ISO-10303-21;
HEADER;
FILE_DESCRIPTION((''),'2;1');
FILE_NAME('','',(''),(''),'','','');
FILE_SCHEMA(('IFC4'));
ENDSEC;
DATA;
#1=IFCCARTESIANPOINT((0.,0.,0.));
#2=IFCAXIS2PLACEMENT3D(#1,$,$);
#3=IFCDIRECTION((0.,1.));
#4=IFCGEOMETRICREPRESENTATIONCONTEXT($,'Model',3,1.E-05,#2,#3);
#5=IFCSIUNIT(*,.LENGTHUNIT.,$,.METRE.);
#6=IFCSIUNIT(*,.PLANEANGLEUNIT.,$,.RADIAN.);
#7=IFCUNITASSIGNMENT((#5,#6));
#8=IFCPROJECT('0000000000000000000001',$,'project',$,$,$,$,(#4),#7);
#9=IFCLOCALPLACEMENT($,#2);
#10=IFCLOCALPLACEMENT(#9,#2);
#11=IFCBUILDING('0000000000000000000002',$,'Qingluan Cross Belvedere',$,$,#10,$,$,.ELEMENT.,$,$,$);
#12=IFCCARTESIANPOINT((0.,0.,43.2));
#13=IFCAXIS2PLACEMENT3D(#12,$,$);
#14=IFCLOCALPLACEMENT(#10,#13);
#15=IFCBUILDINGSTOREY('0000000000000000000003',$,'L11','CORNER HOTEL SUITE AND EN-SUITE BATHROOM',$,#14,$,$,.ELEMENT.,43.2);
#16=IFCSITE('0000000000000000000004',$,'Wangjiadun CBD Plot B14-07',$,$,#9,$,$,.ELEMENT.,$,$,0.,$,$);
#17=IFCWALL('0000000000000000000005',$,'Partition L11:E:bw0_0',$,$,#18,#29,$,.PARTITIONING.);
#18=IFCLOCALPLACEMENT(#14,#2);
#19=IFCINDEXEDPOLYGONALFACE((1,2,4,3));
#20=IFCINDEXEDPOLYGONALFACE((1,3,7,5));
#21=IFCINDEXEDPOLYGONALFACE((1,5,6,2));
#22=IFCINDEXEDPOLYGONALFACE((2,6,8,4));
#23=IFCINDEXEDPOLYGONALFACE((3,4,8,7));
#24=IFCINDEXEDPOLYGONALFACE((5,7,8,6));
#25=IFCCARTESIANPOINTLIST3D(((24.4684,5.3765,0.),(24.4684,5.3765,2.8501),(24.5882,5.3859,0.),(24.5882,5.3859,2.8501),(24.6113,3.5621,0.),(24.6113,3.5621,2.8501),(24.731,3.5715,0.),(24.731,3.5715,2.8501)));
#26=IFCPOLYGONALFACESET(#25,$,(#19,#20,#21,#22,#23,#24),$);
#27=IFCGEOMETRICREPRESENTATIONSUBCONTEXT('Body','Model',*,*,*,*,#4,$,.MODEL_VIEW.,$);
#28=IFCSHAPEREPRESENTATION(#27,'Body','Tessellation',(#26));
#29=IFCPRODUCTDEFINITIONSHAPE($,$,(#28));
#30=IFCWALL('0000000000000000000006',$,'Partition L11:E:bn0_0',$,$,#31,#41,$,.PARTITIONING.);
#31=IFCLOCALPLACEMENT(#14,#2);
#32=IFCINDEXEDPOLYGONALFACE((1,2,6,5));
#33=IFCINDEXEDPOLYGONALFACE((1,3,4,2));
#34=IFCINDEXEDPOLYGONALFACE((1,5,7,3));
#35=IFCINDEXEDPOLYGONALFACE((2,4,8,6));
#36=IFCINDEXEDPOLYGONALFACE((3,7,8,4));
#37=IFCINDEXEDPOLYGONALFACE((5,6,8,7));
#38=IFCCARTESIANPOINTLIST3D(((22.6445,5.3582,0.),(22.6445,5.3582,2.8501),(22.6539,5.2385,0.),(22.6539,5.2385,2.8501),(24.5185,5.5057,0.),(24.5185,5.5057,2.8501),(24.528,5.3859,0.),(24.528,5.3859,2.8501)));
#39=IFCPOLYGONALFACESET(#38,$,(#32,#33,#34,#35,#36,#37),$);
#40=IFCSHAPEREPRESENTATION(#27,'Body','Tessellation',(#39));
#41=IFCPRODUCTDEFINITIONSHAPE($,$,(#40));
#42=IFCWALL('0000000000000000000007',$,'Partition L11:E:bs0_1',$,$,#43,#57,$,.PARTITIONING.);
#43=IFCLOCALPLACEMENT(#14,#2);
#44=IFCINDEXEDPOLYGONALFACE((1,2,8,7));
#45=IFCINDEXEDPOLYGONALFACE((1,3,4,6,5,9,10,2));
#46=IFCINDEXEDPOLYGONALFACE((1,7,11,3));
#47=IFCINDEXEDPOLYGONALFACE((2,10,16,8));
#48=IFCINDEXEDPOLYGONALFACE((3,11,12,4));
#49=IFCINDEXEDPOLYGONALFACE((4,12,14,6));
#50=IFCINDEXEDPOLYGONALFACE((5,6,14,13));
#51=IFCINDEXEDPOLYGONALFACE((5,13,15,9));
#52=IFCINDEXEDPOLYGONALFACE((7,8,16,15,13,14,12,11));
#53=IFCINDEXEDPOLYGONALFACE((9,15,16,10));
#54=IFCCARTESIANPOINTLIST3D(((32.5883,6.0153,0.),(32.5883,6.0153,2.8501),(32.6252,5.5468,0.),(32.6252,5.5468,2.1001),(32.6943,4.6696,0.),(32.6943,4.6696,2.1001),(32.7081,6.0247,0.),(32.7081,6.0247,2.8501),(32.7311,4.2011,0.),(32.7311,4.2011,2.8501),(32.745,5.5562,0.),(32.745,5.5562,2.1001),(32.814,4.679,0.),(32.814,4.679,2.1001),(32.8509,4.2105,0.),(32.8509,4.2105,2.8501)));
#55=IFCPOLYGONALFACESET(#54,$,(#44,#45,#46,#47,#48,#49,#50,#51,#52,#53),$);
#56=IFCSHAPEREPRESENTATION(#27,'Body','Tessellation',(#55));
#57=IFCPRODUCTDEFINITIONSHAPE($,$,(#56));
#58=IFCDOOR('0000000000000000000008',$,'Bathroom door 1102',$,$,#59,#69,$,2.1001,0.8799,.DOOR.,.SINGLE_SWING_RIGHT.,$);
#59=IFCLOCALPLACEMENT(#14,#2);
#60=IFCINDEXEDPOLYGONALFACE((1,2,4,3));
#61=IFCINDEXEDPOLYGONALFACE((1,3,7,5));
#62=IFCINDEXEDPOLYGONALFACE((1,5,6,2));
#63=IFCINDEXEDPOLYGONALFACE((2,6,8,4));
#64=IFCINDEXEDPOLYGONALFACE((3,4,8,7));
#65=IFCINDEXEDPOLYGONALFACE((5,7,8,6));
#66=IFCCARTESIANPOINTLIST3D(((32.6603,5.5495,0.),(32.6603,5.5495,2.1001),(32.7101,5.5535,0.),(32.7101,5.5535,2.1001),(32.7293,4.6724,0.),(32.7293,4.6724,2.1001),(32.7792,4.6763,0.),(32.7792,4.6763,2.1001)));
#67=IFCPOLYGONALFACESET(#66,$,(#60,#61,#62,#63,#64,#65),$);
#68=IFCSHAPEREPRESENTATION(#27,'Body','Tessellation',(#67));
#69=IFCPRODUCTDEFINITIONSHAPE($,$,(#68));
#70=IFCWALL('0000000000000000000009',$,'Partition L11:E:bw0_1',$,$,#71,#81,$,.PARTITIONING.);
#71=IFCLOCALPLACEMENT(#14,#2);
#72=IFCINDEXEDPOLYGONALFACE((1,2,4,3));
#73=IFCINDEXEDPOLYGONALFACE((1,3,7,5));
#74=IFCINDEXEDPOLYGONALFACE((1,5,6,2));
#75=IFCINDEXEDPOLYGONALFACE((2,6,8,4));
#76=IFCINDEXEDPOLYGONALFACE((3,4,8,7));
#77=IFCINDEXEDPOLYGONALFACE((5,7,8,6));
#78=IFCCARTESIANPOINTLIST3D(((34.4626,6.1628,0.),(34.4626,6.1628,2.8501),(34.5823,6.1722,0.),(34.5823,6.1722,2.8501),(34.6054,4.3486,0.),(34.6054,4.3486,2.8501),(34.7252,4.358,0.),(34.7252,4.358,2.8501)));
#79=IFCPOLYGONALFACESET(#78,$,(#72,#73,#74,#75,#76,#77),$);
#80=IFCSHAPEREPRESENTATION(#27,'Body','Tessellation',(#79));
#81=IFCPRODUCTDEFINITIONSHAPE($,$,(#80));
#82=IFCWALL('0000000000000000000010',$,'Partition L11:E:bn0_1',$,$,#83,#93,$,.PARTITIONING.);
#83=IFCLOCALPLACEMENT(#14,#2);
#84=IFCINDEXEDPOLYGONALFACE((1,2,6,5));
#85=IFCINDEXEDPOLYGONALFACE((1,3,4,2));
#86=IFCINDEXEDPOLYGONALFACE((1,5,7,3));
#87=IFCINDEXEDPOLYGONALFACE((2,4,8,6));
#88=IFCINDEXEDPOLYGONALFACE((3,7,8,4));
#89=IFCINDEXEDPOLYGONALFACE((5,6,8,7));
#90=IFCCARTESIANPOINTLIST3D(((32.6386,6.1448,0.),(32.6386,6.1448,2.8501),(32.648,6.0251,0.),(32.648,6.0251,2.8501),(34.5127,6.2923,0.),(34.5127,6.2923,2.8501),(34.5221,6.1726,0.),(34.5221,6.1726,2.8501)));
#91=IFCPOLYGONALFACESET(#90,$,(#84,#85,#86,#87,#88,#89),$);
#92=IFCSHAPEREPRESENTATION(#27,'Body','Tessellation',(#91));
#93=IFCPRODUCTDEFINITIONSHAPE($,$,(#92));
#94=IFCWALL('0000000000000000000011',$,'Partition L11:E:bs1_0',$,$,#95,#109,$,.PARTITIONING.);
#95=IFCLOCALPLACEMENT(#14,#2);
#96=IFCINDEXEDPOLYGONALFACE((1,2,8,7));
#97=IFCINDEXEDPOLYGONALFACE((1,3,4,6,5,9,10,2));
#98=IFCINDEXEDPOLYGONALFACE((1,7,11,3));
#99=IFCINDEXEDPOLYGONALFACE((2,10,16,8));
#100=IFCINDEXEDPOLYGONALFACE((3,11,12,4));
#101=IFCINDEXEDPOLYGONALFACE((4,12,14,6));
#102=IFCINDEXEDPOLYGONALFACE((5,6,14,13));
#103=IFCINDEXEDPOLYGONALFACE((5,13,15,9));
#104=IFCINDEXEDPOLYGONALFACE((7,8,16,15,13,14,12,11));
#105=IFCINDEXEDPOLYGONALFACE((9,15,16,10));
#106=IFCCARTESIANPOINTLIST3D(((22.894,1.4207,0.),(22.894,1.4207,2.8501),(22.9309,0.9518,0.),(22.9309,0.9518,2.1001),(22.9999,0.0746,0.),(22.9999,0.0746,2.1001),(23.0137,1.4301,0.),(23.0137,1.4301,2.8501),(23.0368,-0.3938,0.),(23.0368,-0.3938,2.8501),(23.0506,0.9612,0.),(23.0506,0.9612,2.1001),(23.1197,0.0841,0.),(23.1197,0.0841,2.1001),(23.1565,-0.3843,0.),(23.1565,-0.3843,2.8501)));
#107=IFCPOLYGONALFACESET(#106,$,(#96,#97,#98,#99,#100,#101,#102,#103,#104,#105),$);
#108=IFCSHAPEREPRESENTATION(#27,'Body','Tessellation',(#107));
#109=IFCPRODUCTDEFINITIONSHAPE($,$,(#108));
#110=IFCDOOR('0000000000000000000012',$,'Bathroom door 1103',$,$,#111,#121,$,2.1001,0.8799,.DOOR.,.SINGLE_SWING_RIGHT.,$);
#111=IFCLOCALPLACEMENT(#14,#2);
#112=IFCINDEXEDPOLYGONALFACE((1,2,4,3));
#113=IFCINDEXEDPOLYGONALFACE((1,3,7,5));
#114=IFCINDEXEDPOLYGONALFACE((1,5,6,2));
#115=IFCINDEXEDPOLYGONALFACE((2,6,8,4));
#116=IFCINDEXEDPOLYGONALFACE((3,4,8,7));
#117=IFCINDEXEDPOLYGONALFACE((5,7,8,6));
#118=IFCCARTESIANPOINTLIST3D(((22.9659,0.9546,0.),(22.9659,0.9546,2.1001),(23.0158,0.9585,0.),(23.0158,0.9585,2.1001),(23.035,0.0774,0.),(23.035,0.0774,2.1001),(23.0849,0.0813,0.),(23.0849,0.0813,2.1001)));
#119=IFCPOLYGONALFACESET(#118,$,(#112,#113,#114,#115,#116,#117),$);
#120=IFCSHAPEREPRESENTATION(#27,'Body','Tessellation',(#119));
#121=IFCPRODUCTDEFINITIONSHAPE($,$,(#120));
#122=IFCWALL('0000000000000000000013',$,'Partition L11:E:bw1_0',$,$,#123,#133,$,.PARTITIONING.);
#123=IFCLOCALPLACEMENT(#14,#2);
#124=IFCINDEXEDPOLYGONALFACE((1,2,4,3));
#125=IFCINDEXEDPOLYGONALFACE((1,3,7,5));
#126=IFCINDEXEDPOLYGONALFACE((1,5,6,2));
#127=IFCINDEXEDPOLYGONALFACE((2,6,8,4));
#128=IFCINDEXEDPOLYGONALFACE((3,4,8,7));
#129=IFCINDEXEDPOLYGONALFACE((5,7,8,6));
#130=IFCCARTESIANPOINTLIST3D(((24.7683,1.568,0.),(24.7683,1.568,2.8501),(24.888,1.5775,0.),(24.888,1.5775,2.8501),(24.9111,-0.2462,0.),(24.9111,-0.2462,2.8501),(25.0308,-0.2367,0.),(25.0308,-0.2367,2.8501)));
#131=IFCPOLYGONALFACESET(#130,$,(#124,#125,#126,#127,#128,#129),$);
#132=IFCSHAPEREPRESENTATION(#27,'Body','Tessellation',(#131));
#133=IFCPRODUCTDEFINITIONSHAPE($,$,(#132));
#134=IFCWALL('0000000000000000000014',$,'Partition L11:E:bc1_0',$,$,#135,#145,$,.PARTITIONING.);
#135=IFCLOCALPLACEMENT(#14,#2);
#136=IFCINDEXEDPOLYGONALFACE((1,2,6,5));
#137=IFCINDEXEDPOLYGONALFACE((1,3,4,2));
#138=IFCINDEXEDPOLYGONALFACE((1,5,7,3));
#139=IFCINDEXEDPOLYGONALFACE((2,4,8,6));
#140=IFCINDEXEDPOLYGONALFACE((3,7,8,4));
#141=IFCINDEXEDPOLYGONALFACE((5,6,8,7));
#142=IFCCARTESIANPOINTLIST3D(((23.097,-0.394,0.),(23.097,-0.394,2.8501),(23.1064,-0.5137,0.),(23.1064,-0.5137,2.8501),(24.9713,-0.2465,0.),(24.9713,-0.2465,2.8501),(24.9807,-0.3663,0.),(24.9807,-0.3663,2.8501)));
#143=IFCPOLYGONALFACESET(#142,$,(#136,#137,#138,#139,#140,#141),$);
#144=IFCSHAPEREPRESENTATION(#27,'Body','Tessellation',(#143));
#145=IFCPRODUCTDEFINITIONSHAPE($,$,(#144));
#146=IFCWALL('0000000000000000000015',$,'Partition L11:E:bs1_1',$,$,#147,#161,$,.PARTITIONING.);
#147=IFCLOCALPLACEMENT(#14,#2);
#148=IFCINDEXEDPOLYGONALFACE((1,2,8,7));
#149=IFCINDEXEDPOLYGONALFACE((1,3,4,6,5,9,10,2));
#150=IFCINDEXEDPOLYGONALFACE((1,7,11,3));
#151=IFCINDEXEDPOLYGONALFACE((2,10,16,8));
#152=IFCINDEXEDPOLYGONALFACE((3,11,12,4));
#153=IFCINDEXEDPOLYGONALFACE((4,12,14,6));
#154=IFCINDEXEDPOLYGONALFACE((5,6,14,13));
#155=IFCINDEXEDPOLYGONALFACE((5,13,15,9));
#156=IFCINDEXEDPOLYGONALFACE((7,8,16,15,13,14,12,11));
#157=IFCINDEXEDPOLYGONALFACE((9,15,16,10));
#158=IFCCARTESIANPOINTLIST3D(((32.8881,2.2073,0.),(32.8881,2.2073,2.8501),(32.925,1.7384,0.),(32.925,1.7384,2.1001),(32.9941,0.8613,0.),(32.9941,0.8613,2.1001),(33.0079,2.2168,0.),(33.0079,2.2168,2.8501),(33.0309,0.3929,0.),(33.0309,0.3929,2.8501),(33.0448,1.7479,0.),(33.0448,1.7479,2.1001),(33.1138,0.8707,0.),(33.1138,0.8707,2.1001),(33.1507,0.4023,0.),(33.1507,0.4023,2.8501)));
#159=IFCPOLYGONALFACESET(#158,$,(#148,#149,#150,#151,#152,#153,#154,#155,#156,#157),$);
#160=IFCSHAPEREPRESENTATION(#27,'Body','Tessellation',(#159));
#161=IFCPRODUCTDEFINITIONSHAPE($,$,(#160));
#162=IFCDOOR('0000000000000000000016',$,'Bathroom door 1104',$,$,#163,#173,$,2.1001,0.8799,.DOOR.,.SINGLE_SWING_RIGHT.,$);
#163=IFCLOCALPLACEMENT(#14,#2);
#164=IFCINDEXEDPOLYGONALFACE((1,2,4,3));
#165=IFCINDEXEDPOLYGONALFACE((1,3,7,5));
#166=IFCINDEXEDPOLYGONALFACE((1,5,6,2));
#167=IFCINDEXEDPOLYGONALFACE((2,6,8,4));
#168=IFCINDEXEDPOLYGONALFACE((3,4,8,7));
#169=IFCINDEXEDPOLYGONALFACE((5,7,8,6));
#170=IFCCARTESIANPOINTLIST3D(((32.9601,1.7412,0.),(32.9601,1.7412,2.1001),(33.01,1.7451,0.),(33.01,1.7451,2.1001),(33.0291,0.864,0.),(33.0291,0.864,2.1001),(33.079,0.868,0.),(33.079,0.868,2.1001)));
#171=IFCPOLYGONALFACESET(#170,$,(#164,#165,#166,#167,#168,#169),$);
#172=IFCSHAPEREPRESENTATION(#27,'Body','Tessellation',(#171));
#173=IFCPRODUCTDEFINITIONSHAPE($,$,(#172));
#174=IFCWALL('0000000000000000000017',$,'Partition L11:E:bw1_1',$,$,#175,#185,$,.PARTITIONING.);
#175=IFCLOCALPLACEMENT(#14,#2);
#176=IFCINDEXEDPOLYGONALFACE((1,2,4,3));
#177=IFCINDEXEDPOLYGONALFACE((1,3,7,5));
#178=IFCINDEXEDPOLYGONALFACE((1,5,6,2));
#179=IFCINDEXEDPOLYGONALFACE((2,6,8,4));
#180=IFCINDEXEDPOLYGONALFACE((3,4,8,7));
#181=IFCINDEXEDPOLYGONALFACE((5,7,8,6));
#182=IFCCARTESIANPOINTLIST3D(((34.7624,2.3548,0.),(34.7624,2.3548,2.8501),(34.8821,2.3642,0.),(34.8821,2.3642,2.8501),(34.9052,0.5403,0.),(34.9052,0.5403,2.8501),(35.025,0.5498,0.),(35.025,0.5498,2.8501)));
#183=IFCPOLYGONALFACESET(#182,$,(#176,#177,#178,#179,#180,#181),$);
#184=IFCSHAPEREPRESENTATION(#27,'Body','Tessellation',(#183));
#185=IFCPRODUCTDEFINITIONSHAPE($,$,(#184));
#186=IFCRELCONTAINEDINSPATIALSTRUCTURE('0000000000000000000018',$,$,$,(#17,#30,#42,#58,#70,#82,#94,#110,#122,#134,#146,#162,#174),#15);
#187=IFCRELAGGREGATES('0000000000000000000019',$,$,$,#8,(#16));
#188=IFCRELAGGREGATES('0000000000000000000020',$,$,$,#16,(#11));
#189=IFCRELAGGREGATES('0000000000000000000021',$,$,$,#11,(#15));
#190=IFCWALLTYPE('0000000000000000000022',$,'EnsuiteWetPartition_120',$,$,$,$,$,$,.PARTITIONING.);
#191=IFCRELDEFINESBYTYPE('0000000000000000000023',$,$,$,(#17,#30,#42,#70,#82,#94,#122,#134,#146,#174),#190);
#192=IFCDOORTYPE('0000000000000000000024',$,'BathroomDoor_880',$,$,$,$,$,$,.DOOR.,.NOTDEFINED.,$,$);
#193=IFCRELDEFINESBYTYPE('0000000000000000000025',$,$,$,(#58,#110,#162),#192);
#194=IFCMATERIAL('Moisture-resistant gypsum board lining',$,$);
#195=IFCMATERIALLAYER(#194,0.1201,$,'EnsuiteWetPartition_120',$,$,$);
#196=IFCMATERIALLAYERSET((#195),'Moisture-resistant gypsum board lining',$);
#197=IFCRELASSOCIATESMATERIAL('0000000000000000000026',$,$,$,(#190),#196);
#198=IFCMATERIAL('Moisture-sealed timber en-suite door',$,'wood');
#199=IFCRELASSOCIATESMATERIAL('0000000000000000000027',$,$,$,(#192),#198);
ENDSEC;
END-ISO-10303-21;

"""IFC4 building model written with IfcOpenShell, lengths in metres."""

from ifc_helpers import new_model, si_unit, direction, frame, frame_2d, origin, place, context, subcontext, project, spatial, rectangle, extrude, material, layer, layer_set, type_object, element, fill, save


model = new_model("IFC4")

# Units and contexts
model_context = context("Model", 3, precision=1e-05, world=origin(), true_north=direction((0.0, 1.0)))
body_context = subcontext(model_context, "Body", "Model", "MODEL_VIEW")
ifc_project = project(units=[si_unit("LENGTHUNIT", "METRE"), si_unit("PLANEANGLEUNIT", "RADIAN")], contexts=[model_context])

# Site, building, storey
site_placement = place(None, origin())
site = spatial("IfcSite", under=ifc_project, at=site_placement, Name="Wangjiadun CBD Plot B14-07", CompositionType="ELEMENT", RefElevation=0.0)
building_placement = place(site_placement, origin())
building = spatial("IfcBuilding", under=site, at=building_placement, Name="Qingluan Cross Belvedere", CompositionType="ELEMENT")
storey_placement = place(building_placement, frame((0.0, 0.0, 43.2)))
storey = spatial("IfcBuildingStorey", under=building, at=storey_placement, Name="L11", Description="CORNER HOTEL SUITE AND EN-SUITE BATHROOM", CompositionType="ELEMENT", Elevation=43.2)

# Shared definitions
ifc_material_1 = material(Name="Moisture-resistant gypsum board lining")
ifc_layer_1 = layer(ifc_material_1, 0.1201, Name="EnsuiteWetPartition_120")
ifc_layer_set_1 = layer_set([ifc_layer_1], Name="Moisture-resistant gypsum board lining")
wall_type_1 = type_object("IfcWallType", Name="EnsuiteWetPartition_120", PredefinedType="PARTITIONING", material=ifc_layer_set_1)
ifc_material_2 = material(Name="Moisture-sealed timber en-suite door", Category="wood")
door_type = type_object("IfcDoorType", Name="BathroomDoor_880", OperationType="NOTDEFINED", PredefinedType="DOOR", material=ifc_material_2)

# Walls
wall_1_placement = place(storey_placement, frame((24.6711, 3.5667, 0.0), z_axis=(0.0, 0.0, 1.0), x_axis=(-0.078471, 0.996916, 0.0)))
element("IfcWall", 1, at=wall_1_placement, inside=storey, type_object=wall_type_1, Name="Partition L11:E:bw0_0", PredefinedType="PARTITIONING", context=body_context, shape_type="SweptSolid", body=[
    extrude(rectangle(XDim=1.8201, YDim=0.1201, at=frame_2d((0.9102, 0.0))), origin(), (0.0, 0.0, 1.0), 2.8501),
])
wall_2_placement = place(storey_placement, frame((22.6492, 5.2983, 0.0), z_axis=(0.0, 0.0, 1.0), x_axis=(0.996918, 0.078444, 0.0)))
element("IfcWall", 2, at=wall_2_placement, inside=storey, type_object=wall_type_1, Name="Partition L11:E:bn0_0", PredefinedType="PARTITIONING", context=body_context, shape_type="SweptSolid", body=[
    extrude(rectangle(XDim=1.8799, YDim=0.1201, at=frame_2d((0.9399, 0.0))), origin(), (0.0, 0.0, 1.0), 2.8501),
])

# Wall, opening, door
wall_3_placement = place(storey_placement, frame((32.791, 4.2058, 0.0), z_axis=(0.0, 0.0, 1.0), x_axis=(-0.078481, 0.996916, 0.0)))
wall_3 = element("IfcWall", 3, at=wall_3_placement, inside=storey, type_object=wall_type_1, Name="Partition L11:E:bs0_1", PredefinedType="PARTITIONING", context=body_context, shape_type="SweptSolid", body=[
    extrude(rectangle(XDim=1.8198, YDim=0.1201, at=frame_2d((0.9099, 0.0))), origin(), (0.0, 0.0, 1.0), 2.8501),
])
opening_1_placement = place(wall_3_placement, frame((0.47, 0.0, 0.0)))
opening_1 = element("IfcOpeningElement", 4, at=opening_1_placement, cuts=wall_3, PredefinedType="OPENING", context=body_context, shape_type="SweptSolid", body=[
    extrude(rectangle(XDim=0.8799, YDim=2.1001, at=frame_2d((0.4399, 1.05))), frame((0.0, 0.0701, 0.0), z_axis=(0.0, -1.0, 0.0), x_axis=(1.0, 0.0, 0.0)), (0.0, 0.0, 1.0), 0.1401),
])
door_1_placement = place(opening_1_placement, origin())
door_1 = element("IfcDoor", 5, at=door_1_placement, inside=storey, type_object=door_type, Name="Bathroom door 1102", OperationType="SINGLE_SWING_RIGHT", OverallHeight=2.1001, OverallWidth=0.8799, PredefinedType="DOOR", context=body_context, shape_type="SweptSolid", body=[
    extrude(rectangle(XDim=0.8799, YDim=2.1001, at=frame_2d((0.4399, 1.05))), frame((0.0, 0.0249, 0.0), z_axis=(0.0, -1.0, 0.0), x_axis=(1.0, 0.0, 0.0)), (0.0, 0.0, 1.0), 0.05),
])
fill(opening_1, door_1)

# Walls
wall_4_placement = place(storey_placement, frame((34.6653, 4.3533, 0.0), z_axis=(0.0, 0.0, 1.0), x_axis=(-0.078481, 0.996916, 0.0)))
element("IfcWall", 6, at=wall_4_placement, inside=storey, type_object=wall_type_1, Name="Partition L11:E:bw0_1", PredefinedType="PARTITIONING", context=body_context, shape_type="SweptSolid", body=[
    extrude(rectangle(XDim=1.8198, YDim=0.1201, at=frame_2d((0.9099, 0.0))), origin(), (0.0, 0.0, 1.0), 2.8501),
])
wall_5_placement = place(storey_placement, frame((32.6433, 6.085, 0.0), z_axis=(0.0, 0.0, 1.0), x_axis=(0.996918, 0.078444, 0.0)))
element("IfcWall", 7, at=wall_5_placement, inside=storey, type_object=wall_type_1, Name="Partition L11:E:bn0_1", PredefinedType="PARTITIONING", context=body_context, shape_type="SweptSolid", body=[
    extrude(rectangle(XDim=1.8799, YDim=0.1201, at=frame_2d((0.9399, 0.0))), origin(), (0.0, 0.0, 1.0), 2.8501),
])

# Wall, opening, door
wall_6_placement = place(storey_placement, frame((23.0967, -0.3892, 0.0), z_axis=(0.0, 0.0, 1.0), x_axis=(-0.078471, 0.996916, 0.0)))
wall_6 = element("IfcWall", 8, at=wall_6_placement, inside=storey, type_object=wall_type_1, Name="Partition L11:E:bs1_0", PredefinedType="PARTITIONING", context=body_context, shape_type="SweptSolid", body=[
    extrude(rectangle(XDim=1.8201, YDim=0.1201, at=frame_2d((0.9102, 0.0))), origin(), (0.0, 0.0, 1.0), 2.8501),
])
opening_2_placement = place(wall_6_placement, frame((0.47, 0.0, 0.0)))
opening_2 = element("IfcOpeningElement", 9, at=opening_2_placement, cuts=wall_6, PredefinedType="OPENING", context=body_context, shape_type="SweptSolid", body=[
    extrude(rectangle(XDim=0.8799, YDim=2.1001, at=frame_2d((0.4399, 1.05))), frame((0.0, 0.0701, 0.0), z_axis=(0.0, -1.0, 0.0), x_axis=(1.0, 0.0, 0.0)), (0.0, 0.0, 1.0), 0.1401),
])
door_2_placement = place(opening_2_placement, origin())
door_2 = element("IfcDoor", 10, at=door_2_placement, inside=storey, type_object=door_type, Name="Bathroom door 1103", OperationType="SINGLE_SWING_RIGHT", OverallHeight=2.1001, OverallWidth=0.8799, PredefinedType="DOOR", context=body_context, shape_type="SweptSolid", body=[
    extrude(rectangle(XDim=0.8799, YDim=2.1001, at=frame_2d((0.4399, 1.05))), frame((0.0, 0.0249, 0.0), z_axis=(0.0, -1.0, 0.0), x_axis=(1.0, 0.0, 0.0)), (0.0, 0.0, 1.0), 0.05),
])
fill(opening_2, door_2)

# Walls
wall_7_placement = place(storey_placement, frame((24.9709, -0.2415, 0.0), z_axis=(0.0, 0.0, 1.0), x_axis=(-0.078481, 0.996916, 0.0)))
element("IfcWall", 11, at=wall_7_placement, inside=storey, type_object=wall_type_1, Name="Partition L11:E:bw1_0", PredefinedType="PARTITIONING", context=body_context, shape_type="SweptSolid", body=[
    extrude(rectangle(XDim=1.8198, YDim=0.1201, at=frame_2d((0.9099, 0.0))), origin(), (0.0, 0.0, 1.0), 2.8501),
])
wall_8_placement = place(storey_placement, frame((23.1018, -0.4539, 0.0), z_axis=(0.0, 0.0, 1.0), x_axis=(0.996919, 0.078434, 0.0)))
element("IfcWall", 12, at=wall_8_placement, inside=storey, type_object=wall_type_1, Name="Partition L11:E:bc1_0", PredefinedType="PARTITIONING", context=body_context, shape_type="SweptSolid", body=[
    extrude(rectangle(XDim=1.8801, YDim=0.1201, at=frame_2d((0.9399, 0.0))), origin(), (0.0, 0.0, 1.0), 2.8501),
])

# Wall, opening, door
wall_9_placement = place(storey_placement, frame((33.0908, 0.3975, 0.0), z_axis=(0.0, 0.0, 1.0), x_axis=(-0.078471, 0.996916, 0.0)))
wall_9 = element("IfcWall", 13, at=wall_9_placement, inside=storey, type_object=wall_type_1, Name="Partition L11:E:bs1_1", PredefinedType="PARTITIONING", context=body_context, shape_type="SweptSolid", body=[
    extrude(rectangle(XDim=1.8201, YDim=0.1201, at=frame_2d((0.9102, 0.0))), origin(), (0.0, 0.0, 1.0), 2.8501),
])
opening_3_placement = place(wall_9_placement, frame((0.47, 0.0, 0.0)))
opening_3 = element("IfcOpeningElement", 14, at=opening_3_placement, cuts=wall_9, PredefinedType="OPENING", context=body_context, shape_type="SweptSolid", body=[
    extrude(rectangle(XDim=0.8799, YDim=2.1001, at=frame_2d((0.4399, 1.05))), frame((0.0, 0.0701, 0.0), z_axis=(0.0, -1.0, 0.0), x_axis=(1.0, 0.0, 0.0)), (0.0, 0.0, 1.0), 0.1401),
])
door_3_placement = place(opening_3_placement, origin())
door_3 = element("IfcDoor", 15, at=door_3_placement, inside=storey, type_object=door_type, Name="Bathroom door 1104", OperationType="SINGLE_SWING_RIGHT", OverallHeight=2.1001, OverallWidth=0.8799, PredefinedType="DOOR", context=body_context, shape_type="SweptSolid", body=[
    extrude(rectangle(XDim=0.8799, YDim=2.1001, at=frame_2d((0.4399, 1.05))), frame((0.0, 0.0249, 0.0), z_axis=(0.0, -1.0, 0.0), x_axis=(1.0, 0.0, 0.0)), (0.0, 0.0, 1.0), 0.05),
])
fill(opening_3, door_3)

# Wall
wall_10_placement = place(storey_placement, frame((34.9651, 0.5449, 0.0), z_axis=(0.0, 0.0, 1.0), x_axis=(-0.078471, 0.996916, 0.0)))
element("IfcWall", 16, at=wall_10_placement, inside=storey, type_object=wall_type_1, Name="Partition L11:E:bw1_1", PredefinedType="PARTITIONING", context=body_context, shape_type="SweptSolid", body=[
    extrude(rectangle(XDim=1.8201, YDim=0.1201, at=frame_2d((0.9102, 0.0))), origin(), (0.0, 0.0, 1.0), 2.8501),
])

save(model, "model.ifc")
